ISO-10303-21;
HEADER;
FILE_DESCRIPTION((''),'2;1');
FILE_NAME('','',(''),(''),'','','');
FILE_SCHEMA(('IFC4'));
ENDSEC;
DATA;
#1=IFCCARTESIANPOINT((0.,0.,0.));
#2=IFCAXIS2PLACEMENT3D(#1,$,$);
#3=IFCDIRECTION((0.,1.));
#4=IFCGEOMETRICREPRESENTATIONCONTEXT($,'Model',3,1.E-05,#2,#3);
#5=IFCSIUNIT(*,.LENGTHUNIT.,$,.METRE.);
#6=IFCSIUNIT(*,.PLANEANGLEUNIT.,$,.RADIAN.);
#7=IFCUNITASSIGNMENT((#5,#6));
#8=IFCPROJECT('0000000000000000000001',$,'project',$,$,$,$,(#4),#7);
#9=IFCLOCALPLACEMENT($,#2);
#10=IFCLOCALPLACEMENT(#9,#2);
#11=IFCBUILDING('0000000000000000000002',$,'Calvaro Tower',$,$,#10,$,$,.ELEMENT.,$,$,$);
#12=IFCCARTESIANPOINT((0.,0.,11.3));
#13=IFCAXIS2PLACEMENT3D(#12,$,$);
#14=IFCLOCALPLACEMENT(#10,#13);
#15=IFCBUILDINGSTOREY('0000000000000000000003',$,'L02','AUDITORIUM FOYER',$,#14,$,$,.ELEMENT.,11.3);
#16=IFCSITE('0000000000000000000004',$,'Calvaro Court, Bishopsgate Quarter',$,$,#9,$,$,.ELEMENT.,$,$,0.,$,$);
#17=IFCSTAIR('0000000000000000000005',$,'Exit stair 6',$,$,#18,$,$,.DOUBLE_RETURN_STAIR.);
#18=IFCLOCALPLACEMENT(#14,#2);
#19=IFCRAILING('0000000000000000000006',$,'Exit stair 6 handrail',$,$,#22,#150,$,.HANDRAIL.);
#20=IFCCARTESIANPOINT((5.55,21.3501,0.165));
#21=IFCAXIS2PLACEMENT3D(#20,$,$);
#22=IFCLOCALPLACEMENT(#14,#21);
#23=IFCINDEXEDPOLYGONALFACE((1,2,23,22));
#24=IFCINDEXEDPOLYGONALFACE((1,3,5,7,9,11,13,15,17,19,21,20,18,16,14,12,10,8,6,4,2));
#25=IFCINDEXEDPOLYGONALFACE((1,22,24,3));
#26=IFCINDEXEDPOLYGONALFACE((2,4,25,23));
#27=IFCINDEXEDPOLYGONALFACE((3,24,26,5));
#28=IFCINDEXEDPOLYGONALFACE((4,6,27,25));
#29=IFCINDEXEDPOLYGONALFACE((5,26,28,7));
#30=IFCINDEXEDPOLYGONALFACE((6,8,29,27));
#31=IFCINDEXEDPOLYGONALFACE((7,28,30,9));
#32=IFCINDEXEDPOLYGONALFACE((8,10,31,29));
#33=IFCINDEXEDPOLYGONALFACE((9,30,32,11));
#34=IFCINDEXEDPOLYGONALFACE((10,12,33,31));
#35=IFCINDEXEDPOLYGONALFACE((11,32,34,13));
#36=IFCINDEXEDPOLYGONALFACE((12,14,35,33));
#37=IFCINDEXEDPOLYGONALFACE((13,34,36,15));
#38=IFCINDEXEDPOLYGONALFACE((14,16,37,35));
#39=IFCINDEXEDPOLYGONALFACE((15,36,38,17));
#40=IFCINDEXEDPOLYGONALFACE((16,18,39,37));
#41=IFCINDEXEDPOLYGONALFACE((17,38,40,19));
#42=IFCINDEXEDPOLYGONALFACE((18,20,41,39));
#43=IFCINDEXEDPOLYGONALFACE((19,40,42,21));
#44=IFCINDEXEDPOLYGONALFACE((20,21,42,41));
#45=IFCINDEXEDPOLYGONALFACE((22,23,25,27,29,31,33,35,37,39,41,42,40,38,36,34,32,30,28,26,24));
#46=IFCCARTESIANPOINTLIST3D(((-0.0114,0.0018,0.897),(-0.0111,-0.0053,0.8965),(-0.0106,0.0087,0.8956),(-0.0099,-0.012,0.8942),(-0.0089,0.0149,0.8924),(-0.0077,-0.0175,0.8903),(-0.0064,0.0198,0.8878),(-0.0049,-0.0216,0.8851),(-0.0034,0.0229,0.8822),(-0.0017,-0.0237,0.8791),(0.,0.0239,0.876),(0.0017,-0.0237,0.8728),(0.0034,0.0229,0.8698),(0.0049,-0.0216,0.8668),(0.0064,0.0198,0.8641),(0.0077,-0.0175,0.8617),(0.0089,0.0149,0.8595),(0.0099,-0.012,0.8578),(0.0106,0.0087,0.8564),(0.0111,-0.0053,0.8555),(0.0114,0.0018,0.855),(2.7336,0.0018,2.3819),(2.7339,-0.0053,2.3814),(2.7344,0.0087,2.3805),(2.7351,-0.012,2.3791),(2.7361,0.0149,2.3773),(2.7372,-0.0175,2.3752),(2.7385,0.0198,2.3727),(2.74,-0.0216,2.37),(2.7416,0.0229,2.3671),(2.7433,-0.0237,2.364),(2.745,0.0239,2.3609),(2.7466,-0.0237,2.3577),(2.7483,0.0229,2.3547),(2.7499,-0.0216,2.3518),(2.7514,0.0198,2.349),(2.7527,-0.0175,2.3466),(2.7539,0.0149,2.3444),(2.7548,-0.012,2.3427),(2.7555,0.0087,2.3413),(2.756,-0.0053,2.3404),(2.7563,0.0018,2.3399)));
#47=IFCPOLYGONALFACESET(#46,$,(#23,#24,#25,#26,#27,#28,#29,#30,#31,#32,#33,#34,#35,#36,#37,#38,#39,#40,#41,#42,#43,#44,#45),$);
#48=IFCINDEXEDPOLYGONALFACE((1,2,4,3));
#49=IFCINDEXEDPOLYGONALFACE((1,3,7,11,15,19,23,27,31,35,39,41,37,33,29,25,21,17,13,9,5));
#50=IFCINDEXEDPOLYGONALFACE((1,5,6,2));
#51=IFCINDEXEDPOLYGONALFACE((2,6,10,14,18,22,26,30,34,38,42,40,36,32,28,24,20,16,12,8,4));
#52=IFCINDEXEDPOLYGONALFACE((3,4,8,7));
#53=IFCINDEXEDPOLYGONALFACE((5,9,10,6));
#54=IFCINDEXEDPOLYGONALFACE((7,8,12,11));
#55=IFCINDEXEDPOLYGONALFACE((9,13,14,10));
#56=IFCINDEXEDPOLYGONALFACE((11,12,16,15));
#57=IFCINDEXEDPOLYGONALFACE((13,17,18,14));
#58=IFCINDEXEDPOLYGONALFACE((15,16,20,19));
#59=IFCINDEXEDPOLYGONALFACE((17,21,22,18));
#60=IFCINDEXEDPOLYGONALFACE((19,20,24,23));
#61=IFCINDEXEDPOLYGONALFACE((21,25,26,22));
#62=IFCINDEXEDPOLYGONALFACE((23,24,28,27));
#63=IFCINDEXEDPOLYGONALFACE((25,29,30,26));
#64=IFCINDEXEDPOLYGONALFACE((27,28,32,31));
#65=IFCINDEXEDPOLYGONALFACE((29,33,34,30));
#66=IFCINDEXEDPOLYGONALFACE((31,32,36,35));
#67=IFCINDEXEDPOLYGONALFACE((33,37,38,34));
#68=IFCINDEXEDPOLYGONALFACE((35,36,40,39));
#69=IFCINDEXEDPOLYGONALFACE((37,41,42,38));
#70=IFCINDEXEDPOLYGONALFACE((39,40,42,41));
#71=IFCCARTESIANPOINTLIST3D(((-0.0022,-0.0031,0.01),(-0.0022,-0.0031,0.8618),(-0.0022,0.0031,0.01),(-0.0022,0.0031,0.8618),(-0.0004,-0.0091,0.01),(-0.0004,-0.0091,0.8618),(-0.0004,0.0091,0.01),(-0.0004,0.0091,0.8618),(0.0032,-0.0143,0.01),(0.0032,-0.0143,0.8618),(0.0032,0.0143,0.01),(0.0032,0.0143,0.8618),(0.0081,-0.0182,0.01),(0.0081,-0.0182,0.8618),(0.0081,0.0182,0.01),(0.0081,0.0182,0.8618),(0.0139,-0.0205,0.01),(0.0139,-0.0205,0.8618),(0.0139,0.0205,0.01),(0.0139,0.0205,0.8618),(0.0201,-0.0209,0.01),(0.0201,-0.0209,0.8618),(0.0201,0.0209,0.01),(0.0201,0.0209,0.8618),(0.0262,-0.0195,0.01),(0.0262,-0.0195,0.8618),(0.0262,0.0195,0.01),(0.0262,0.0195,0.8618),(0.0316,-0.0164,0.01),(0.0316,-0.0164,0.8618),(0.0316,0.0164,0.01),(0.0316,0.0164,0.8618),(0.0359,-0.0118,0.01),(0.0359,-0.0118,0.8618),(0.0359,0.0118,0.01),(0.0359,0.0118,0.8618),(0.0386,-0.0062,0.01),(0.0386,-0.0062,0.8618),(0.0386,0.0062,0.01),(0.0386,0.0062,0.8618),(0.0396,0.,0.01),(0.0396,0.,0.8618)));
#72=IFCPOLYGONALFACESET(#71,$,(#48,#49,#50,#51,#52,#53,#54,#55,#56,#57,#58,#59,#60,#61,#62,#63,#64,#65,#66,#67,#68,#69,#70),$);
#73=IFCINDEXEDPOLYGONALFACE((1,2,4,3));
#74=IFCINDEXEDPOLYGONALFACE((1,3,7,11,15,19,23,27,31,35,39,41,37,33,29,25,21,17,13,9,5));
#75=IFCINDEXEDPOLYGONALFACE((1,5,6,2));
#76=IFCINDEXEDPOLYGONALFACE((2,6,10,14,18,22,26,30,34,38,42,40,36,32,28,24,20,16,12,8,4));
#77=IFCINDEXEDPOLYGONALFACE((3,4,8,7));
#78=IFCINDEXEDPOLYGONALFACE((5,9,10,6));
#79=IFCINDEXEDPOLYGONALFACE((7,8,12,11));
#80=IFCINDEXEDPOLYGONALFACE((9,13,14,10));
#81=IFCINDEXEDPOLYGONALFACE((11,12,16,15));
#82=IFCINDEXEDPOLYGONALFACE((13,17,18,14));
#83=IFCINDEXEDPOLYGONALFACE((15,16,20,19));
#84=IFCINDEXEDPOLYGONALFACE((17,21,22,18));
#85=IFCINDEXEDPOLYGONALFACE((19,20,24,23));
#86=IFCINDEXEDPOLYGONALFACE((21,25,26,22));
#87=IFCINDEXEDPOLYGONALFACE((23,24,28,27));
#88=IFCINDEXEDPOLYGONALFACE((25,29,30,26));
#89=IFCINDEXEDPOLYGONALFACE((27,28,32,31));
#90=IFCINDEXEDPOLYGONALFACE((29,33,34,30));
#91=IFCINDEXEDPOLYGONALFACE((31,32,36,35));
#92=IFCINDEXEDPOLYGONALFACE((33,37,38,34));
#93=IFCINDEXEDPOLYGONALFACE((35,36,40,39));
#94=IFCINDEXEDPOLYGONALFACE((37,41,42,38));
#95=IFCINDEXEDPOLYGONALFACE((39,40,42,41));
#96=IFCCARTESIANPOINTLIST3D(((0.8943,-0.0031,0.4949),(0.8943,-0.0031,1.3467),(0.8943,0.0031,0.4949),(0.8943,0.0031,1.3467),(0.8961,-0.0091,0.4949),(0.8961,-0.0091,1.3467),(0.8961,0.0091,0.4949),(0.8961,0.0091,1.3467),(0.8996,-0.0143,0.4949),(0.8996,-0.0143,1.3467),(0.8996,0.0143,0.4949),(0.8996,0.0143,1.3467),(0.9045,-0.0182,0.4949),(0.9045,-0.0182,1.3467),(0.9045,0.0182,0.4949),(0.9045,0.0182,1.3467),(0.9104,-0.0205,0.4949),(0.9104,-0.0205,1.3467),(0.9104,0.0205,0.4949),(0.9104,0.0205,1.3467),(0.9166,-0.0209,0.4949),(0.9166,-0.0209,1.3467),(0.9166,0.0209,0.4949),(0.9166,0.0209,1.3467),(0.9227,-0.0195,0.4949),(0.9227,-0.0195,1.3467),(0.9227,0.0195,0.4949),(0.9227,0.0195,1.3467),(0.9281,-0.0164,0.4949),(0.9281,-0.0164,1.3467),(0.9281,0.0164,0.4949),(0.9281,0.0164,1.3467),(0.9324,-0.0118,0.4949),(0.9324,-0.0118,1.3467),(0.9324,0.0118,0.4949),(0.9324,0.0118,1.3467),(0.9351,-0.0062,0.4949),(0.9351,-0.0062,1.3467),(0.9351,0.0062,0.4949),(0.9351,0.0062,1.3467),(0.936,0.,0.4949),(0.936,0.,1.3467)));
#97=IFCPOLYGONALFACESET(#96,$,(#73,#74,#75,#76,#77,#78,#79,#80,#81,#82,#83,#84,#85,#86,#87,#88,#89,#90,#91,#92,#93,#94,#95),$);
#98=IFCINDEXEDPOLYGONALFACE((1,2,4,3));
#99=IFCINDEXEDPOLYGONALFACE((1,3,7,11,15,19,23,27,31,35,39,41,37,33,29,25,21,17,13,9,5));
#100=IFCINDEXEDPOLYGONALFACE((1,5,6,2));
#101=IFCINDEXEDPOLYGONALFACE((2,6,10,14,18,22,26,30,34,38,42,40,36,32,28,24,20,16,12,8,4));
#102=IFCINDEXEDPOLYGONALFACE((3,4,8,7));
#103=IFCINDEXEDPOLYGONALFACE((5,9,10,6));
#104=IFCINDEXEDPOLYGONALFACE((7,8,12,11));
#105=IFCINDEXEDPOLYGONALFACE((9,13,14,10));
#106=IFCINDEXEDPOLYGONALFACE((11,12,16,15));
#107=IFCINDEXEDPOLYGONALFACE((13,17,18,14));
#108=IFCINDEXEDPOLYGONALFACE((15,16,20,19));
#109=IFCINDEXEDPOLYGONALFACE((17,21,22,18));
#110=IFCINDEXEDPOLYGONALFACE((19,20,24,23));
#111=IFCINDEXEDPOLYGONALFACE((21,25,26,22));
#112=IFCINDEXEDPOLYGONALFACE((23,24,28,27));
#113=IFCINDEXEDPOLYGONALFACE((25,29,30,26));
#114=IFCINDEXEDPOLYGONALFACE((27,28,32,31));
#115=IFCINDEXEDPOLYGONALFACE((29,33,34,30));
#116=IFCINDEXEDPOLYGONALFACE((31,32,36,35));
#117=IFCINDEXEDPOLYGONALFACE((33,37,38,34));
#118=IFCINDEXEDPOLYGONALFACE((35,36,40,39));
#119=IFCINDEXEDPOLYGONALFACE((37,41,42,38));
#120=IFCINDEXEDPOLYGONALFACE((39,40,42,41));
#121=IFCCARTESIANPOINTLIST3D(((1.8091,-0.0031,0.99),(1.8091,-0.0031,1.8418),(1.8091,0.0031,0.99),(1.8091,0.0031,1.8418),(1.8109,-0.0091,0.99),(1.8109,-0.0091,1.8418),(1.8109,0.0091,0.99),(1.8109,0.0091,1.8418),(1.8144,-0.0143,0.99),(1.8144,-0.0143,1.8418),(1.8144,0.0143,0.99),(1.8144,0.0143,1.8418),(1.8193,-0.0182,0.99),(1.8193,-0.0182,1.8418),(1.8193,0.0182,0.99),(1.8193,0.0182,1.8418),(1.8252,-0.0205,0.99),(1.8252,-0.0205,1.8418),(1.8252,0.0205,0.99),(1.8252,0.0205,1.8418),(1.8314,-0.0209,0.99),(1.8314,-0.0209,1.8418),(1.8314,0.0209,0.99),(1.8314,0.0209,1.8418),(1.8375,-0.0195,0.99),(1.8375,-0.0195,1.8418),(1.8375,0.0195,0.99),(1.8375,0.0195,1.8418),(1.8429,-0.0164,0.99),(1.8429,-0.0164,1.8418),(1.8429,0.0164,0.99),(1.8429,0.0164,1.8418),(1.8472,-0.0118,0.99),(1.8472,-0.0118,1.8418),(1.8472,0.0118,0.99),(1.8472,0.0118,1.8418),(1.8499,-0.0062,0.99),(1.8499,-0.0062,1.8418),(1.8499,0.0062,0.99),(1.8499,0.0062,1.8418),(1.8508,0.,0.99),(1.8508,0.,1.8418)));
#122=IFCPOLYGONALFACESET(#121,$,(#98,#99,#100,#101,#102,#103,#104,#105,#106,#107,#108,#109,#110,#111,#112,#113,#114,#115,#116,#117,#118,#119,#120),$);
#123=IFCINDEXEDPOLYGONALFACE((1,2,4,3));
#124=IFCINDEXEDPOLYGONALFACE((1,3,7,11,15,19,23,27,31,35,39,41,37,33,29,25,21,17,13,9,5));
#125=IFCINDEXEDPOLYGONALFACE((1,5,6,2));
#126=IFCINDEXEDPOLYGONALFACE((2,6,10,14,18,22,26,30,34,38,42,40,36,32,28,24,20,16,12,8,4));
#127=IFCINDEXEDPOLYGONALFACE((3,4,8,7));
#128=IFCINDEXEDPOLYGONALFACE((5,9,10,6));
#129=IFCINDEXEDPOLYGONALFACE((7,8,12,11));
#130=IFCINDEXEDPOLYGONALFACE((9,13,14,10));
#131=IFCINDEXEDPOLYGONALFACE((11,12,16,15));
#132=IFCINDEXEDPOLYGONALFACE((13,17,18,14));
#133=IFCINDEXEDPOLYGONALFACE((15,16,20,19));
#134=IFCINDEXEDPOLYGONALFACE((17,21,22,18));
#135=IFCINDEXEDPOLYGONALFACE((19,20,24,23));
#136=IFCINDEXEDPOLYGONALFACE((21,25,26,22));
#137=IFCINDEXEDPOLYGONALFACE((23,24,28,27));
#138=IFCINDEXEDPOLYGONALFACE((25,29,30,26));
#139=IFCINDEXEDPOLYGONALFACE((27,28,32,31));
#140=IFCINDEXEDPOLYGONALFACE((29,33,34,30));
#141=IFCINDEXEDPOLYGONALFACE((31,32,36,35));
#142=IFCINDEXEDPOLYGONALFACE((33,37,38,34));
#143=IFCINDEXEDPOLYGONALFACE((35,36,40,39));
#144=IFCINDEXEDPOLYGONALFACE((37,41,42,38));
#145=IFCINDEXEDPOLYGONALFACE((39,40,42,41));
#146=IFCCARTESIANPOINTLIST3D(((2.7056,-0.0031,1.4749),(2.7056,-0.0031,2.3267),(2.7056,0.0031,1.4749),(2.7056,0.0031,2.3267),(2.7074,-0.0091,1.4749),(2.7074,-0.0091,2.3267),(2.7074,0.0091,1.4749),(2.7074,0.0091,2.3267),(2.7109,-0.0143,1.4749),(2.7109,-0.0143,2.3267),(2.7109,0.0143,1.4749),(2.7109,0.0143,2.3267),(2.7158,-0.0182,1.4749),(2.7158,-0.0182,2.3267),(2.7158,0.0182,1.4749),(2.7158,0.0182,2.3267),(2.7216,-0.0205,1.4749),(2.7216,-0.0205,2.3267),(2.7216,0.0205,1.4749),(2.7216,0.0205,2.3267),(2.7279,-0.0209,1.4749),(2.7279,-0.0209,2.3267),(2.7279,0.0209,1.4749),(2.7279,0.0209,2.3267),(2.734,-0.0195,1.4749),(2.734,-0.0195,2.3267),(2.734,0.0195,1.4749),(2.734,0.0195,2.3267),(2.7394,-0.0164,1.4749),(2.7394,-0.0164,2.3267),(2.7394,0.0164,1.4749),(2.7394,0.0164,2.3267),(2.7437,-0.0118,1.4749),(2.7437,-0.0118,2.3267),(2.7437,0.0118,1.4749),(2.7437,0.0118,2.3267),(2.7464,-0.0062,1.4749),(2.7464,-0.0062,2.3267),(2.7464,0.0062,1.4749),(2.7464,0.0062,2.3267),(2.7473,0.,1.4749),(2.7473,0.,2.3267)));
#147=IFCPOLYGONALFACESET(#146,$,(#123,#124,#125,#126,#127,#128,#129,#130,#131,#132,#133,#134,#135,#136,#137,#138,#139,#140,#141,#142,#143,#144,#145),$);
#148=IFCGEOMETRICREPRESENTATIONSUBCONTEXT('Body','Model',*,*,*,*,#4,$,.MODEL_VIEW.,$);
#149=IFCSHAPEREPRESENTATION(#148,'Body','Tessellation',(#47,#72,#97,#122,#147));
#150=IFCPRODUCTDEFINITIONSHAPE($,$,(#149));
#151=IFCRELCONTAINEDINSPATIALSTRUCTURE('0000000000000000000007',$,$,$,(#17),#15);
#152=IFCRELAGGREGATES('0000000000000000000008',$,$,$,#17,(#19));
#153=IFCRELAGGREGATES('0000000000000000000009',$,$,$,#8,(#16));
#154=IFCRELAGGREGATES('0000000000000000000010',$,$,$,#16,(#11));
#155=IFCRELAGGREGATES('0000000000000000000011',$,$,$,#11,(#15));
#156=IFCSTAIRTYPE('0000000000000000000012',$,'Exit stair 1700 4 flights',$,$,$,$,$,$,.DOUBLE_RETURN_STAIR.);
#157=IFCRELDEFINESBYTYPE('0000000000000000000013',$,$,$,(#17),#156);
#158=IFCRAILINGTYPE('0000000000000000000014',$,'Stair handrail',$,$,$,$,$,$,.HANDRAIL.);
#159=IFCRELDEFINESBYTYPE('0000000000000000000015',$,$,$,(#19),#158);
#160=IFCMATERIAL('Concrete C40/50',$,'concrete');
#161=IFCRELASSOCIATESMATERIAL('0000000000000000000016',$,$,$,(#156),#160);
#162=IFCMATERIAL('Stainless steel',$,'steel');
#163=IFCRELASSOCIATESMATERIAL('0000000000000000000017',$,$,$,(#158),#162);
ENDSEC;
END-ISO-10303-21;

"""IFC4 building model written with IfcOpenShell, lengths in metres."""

from ifc_helpers import new_model, si_unit, direction, frame, origin, origin_2d, place, context, subcontext, project, spatial, circle, extrude, material, type_object, element, aggregate, save


model = new_model("IFC4")

# Units and contexts
model_context = context("Model", 3, precision=1e-05, world=origin(), true_north=direction((0.0, 1.0)))
body_context = subcontext(model_context, "Body", "Model", "MODEL_VIEW")
ifc_project = project(units=[si_unit("LENGTHUNIT", "METRE"), si_unit("PLANEANGLEUNIT", "RADIAN")], contexts=[model_context])

# Site, building, storey
site_placement = place(None, origin())
site = spatial("IfcSite", under=ifc_project, at=site_placement, Name="Calvaro Court, Bishopsgate Quarter", CompositionType="ELEMENT", RefElevation=0.0)
building_placement = place(site_placement, origin())
building = spatial("IfcBuilding", under=site, at=building_placement, Name="Calvaro Tower", CompositionType="ELEMENT")
storey_placement = place(building_placement, frame((0.0, 0.0, 11.3)))
storey = spatial("IfcBuildingStorey", under=building, at=storey_placement, Name="L02", Description="AUDITORIUM FOYER", CompositionType="ELEMENT", Elevation=11.3)

# Stair, railing
ifc_material_1 = material(Name="Concrete C40/50", Category="concrete")
stair_type = type_object("IfcStairType", Name="Exit stair 1700 4 flights", PredefinedType="DOUBLE_RETURN_STAIR", material=ifc_material_1)
stair_placement = place(storey_placement, origin())
stair = element("IfcStair", 1, at=stair_placement, inside=storey, type_object=stair_type, Name="Exit stair 6", PredefinedType="DOUBLE_RETURN_STAIR")
ifc_material_2 = material(Name="Stainless steel", Category="steel")
railing_type = type_object("IfcRailingType", Name="Stair handrail", PredefinedType="HANDRAIL", material=ifc_material_2)
railing_1_placement = place(storey_placement, frame((5.55, 21.3501, 0.165)))
railing_1 = element("IfcRailing", 2, at=railing_1_placement, type_object=railing_type, Name="Exit stair 6 handrail", PredefinedType="HANDRAIL", context=body_context, shape_type="SweptSolid", body=[
    extrude(circle(Radius=0.0239, at=origin_2d()), frame((0.0, 0.0, 0.876), z_axis=(0.879553, 0.0, 0.475802), x_axis=(0.0, 1.0, 0.0)), (0.0, 0.0, 1.0), 3.1208),
    extrude(circle(Radius=0.021, at=origin_2d()), frame((0.0186, 0.0, 0.01)), (0.0, 0.0, 1.0), 0.8518),
    extrude(circle(Radius=0.021, at=origin_2d()), frame((0.915, 0.0, 0.4949)), (0.0, 0.0, 1.0), 0.8518),
    extrude(circle(Radius=0.021, at=origin_2d()), frame((1.8298, 0.0, 0.99)), (0.0, 0.0, 1.0), 0.8518),
    extrude(circle(Radius=0.021, at=origin_2d()), frame((2.7263, 0.0, 1.4749)), (0.0, 0.0, 1.0), 0.8518),
])
aggregate(stair, [railing_1])

save(model, "model.ifc")
